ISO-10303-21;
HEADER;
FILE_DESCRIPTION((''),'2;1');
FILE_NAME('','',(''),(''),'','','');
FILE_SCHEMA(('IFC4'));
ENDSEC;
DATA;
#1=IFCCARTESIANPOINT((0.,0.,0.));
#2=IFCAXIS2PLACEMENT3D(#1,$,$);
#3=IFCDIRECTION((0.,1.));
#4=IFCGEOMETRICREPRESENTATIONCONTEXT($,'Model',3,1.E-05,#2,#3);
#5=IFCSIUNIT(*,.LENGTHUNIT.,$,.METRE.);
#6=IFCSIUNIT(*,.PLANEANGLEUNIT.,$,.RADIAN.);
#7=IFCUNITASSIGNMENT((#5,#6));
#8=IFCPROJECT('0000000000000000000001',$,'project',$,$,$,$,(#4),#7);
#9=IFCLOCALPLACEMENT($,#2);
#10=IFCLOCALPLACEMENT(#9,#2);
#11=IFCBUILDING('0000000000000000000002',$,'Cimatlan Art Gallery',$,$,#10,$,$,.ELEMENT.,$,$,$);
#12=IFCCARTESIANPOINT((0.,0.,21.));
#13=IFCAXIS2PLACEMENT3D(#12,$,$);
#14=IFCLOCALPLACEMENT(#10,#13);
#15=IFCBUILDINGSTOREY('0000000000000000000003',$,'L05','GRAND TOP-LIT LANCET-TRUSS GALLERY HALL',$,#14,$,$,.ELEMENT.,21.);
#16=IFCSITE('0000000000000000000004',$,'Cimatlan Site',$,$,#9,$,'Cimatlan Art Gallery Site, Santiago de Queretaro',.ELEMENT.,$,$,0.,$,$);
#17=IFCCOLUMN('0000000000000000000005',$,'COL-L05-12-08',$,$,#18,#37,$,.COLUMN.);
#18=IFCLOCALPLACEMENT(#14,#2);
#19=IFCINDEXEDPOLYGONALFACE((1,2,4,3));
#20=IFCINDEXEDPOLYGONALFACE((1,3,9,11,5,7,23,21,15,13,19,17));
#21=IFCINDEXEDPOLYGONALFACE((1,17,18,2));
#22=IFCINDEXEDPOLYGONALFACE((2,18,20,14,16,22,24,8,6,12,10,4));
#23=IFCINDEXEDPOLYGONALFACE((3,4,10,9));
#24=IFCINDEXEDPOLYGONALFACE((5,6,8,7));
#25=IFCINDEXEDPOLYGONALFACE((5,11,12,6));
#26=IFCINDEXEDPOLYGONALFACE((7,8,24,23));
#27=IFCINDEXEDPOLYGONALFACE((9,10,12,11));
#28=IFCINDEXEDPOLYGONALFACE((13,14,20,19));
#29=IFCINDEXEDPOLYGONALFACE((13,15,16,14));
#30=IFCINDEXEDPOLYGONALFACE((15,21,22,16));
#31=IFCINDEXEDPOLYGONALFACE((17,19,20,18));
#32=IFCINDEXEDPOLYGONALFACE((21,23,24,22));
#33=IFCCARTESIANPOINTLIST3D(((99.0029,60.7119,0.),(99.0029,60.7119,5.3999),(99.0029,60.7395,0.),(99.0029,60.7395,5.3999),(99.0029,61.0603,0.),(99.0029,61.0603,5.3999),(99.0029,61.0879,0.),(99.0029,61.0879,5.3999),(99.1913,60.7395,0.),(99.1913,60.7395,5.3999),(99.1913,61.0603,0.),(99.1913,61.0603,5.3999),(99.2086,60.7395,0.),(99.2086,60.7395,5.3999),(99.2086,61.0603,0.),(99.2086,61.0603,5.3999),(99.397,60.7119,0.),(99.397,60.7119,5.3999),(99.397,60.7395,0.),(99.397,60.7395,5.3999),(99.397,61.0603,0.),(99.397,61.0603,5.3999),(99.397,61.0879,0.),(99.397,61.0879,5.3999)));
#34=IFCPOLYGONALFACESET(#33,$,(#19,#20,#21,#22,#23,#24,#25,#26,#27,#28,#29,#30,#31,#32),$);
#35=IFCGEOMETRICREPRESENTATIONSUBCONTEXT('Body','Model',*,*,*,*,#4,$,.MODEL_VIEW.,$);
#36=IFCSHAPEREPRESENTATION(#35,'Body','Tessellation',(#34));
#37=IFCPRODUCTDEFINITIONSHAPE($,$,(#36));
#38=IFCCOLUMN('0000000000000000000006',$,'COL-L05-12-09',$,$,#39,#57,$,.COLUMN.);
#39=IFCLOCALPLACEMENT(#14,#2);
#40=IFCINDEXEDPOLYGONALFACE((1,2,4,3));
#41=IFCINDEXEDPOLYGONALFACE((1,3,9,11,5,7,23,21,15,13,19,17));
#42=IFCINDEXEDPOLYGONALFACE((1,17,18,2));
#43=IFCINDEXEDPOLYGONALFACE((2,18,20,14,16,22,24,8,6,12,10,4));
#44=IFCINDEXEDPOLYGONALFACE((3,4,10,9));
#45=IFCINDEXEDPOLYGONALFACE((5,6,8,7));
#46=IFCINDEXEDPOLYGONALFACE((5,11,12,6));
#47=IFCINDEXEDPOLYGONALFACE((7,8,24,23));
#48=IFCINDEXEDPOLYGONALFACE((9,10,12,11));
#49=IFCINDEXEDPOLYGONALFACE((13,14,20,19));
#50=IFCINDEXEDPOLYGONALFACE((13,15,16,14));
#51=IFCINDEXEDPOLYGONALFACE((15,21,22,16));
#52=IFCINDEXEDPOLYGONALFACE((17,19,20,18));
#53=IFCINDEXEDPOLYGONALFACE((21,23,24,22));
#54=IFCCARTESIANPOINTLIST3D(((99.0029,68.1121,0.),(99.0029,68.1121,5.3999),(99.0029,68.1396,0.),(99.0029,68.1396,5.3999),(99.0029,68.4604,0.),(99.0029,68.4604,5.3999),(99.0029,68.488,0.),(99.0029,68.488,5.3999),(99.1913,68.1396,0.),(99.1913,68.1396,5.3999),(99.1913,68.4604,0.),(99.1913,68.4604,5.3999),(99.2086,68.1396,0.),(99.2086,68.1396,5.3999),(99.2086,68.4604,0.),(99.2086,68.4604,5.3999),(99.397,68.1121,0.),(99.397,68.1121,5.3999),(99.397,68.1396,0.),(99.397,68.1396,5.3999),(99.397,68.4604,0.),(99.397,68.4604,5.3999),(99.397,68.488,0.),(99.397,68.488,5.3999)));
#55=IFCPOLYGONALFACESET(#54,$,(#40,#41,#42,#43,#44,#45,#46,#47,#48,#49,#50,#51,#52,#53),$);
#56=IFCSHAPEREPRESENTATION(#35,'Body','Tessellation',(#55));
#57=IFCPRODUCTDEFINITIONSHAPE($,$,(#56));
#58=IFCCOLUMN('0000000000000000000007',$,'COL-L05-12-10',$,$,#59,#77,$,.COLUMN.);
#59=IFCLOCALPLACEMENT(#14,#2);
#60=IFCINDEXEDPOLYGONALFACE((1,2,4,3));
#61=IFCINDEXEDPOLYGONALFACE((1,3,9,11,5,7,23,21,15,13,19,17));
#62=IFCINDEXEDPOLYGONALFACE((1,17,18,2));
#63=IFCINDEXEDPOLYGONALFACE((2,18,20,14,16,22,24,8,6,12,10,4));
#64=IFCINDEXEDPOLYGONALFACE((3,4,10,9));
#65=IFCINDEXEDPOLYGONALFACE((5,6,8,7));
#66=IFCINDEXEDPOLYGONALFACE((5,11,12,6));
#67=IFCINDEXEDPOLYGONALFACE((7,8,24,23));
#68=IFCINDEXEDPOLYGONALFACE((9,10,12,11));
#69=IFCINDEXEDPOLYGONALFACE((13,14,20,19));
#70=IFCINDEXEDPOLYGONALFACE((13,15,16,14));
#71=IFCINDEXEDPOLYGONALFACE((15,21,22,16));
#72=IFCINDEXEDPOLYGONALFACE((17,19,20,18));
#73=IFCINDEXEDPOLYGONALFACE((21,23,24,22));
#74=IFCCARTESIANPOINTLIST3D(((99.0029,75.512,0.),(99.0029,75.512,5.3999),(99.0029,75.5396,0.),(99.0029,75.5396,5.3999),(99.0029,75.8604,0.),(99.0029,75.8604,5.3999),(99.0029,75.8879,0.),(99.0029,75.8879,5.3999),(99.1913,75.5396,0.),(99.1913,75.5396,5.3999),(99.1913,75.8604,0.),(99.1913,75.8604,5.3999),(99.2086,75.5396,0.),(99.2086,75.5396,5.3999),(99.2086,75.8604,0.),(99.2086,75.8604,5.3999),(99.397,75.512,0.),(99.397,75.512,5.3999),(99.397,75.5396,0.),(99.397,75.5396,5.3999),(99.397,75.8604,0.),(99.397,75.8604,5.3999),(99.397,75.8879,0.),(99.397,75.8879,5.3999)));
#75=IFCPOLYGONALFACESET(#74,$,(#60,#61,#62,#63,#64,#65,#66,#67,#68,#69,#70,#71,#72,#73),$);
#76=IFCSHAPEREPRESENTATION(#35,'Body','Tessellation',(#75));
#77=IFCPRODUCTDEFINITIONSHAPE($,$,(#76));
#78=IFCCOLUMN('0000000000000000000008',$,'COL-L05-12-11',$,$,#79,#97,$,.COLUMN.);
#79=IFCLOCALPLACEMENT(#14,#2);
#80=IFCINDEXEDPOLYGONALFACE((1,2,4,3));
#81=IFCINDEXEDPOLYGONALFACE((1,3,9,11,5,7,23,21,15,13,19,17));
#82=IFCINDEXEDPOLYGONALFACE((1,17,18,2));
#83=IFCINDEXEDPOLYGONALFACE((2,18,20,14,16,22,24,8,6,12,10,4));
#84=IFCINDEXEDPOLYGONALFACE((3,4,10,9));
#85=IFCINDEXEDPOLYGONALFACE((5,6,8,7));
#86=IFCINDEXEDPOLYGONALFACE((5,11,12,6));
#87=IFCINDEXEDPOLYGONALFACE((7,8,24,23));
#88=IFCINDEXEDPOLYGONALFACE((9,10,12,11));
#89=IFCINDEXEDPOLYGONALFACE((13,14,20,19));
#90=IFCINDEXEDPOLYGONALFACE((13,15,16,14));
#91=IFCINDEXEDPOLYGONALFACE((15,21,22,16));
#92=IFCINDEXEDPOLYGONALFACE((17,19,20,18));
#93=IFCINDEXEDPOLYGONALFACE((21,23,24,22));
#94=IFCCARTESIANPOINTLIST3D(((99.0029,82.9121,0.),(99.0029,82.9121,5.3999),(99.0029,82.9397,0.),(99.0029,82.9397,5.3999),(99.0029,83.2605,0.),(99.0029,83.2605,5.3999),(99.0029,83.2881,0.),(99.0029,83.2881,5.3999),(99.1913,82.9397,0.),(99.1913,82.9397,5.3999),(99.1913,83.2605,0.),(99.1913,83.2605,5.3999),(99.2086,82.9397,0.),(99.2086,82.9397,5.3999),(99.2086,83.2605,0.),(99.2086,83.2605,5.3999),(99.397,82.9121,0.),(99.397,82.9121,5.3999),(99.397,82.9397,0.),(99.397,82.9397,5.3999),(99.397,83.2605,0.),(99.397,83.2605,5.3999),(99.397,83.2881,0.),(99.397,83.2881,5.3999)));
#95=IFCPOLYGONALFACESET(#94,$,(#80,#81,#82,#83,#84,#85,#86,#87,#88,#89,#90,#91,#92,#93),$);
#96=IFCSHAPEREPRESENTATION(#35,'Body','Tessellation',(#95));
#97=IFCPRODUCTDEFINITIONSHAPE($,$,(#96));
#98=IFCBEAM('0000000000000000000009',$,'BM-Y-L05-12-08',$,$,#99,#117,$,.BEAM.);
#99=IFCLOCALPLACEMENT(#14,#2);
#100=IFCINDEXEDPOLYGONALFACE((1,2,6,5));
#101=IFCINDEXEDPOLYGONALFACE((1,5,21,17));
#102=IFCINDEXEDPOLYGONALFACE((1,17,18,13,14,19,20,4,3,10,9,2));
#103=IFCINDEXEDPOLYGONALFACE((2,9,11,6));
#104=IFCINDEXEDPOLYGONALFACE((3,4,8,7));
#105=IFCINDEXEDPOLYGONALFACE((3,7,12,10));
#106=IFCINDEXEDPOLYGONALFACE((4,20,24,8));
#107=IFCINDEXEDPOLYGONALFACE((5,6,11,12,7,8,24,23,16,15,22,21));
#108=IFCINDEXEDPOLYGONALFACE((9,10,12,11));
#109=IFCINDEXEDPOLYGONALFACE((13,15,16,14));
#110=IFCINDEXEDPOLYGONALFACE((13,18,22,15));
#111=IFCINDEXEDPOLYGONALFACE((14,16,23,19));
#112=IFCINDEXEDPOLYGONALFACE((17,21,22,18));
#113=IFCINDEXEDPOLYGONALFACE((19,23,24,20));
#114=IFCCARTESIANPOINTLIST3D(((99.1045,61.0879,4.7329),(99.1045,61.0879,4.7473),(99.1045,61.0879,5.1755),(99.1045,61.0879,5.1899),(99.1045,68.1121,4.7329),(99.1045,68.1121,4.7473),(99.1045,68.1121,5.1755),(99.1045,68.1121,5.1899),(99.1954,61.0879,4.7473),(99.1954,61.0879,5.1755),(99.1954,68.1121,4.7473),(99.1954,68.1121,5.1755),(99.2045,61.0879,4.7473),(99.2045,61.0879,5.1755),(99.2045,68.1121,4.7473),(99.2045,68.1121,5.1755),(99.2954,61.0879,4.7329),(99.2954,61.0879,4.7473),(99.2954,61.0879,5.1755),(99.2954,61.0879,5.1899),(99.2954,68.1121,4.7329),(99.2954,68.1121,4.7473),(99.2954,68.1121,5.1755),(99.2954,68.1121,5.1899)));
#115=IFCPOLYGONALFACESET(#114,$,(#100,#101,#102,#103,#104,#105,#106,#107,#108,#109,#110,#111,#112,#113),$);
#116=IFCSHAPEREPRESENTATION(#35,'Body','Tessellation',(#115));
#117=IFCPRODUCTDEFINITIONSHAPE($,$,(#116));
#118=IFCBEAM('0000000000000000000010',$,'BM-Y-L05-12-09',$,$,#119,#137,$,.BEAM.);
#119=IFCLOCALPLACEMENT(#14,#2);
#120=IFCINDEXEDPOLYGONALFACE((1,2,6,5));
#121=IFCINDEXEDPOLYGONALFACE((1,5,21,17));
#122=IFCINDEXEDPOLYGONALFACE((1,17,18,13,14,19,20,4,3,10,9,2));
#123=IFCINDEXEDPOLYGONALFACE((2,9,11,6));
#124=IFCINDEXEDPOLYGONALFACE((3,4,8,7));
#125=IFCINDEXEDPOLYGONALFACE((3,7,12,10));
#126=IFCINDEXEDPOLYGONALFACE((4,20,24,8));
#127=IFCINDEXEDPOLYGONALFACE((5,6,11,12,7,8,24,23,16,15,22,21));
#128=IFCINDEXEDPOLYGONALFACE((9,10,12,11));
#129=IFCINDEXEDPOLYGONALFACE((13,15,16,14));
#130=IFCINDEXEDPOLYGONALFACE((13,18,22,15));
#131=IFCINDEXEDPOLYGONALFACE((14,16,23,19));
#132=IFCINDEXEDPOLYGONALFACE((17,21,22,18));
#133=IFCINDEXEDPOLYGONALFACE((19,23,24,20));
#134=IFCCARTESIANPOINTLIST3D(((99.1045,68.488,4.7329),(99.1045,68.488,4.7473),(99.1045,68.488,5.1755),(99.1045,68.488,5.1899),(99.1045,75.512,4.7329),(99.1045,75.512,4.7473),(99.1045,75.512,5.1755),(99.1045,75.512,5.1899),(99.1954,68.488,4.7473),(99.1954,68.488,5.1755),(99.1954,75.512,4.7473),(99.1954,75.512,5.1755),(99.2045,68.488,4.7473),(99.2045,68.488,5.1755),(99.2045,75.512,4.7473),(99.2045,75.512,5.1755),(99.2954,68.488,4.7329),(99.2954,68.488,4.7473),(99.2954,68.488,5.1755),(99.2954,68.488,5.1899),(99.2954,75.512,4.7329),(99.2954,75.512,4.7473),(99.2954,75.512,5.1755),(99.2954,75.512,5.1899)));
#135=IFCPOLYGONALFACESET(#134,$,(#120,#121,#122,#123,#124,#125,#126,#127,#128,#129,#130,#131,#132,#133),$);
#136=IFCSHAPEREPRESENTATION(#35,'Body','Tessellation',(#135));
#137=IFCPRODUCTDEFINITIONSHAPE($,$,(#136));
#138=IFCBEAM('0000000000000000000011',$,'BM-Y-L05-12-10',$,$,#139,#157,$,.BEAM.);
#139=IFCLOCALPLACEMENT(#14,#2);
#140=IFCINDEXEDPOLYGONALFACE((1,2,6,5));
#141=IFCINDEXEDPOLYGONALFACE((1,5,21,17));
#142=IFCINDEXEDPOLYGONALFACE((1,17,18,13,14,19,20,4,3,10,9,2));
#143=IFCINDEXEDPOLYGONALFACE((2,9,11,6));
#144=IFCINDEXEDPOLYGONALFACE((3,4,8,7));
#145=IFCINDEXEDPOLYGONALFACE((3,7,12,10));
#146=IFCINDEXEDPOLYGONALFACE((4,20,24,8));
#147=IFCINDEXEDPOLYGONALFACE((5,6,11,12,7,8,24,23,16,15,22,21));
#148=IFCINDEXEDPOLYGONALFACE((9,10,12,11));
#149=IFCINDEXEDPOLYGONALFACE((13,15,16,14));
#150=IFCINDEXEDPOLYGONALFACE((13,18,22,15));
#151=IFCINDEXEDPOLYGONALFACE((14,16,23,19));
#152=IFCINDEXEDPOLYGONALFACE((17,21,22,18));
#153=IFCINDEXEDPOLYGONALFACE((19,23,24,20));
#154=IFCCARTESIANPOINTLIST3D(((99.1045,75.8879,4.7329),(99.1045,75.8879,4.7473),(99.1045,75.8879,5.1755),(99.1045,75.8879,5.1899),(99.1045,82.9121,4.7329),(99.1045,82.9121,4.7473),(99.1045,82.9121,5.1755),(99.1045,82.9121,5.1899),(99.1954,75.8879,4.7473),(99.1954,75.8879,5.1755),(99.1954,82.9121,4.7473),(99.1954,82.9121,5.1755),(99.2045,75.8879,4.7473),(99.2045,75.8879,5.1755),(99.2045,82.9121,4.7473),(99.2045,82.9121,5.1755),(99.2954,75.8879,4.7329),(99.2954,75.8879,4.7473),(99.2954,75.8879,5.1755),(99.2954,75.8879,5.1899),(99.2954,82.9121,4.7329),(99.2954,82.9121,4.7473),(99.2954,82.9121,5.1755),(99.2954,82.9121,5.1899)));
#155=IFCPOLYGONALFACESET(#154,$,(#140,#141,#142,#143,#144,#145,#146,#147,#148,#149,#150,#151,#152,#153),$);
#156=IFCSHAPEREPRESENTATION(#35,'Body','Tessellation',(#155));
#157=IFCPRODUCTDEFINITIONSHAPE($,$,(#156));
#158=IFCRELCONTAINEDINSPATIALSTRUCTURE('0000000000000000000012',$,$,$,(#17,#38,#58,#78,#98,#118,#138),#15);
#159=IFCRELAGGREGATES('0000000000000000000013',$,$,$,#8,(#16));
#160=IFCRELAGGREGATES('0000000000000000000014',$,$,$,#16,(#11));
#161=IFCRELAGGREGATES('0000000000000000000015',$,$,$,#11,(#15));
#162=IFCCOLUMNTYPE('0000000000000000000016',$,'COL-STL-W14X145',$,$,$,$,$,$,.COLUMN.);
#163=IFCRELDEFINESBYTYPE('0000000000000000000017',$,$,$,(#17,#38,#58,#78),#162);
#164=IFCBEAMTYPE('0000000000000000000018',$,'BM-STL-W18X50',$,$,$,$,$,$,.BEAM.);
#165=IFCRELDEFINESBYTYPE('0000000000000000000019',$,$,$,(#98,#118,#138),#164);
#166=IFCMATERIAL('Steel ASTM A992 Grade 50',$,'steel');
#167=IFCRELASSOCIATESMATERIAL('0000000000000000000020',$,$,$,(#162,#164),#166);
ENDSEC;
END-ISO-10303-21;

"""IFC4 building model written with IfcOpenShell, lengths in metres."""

from ifc_helpers import new_model, si_unit, direction, frame, origin, origin_2d, place, context, subcontext, project, spatial, i_section, extrude, material, material_profile, profile_set, type_object, element, save


model = new_model("IFC4")

# Units and contexts
model_context = context("Model", 3, precision=1e-05, world=origin(), true_north=direction((0.0, 1.0)))
body_context = subcontext(model_context, "Body", "Model", "MODEL_VIEW")
ifc_project = project(units=[si_unit("LENGTHUNIT", "METRE"), si_unit("PLANEANGLEUNIT", "RADIAN")], contexts=[model_context])

# Site, building, storey
site_placement = place(None, origin())
site = spatial("IfcSite", under=ifc_project, at=site_placement, Name="Cimatlan Site", LongName="Cimatlan Art Gallery Site, Santiago de Queretaro", CompositionType="ELEMENT", RefElevation=0.0)
building_placement = place(site_placement, origin())
building = spatial("IfcBuilding", under=site, at=building_placement, Name="Cimatlan Art Gallery", CompositionType="ELEMENT")
storey_placement = place(building_placement, frame((0.0, 0.0, 21.0)))
storey = spatial("IfcBuildingStorey", under=building, at=storey_placement, Name="L05", Description="GRAND TOP-LIT LANCET-TRUSS GALLERY HALL", CompositionType="ELEMENT", Elevation=21.0)

# Columns
ifc_material_1 = material(Name="Steel ASTM A992 Grade 50", Category="steel")
ifc_material_profile_1 = material_profile(ifc_material_1, i_section(OverallWidth=0.394, OverallDepth=0.376, WebThickness=0.0173, FlangeThickness=0.0276, at=origin_2d()), Name="W14X145")
ifc_profile_set_1 = profile_set([ifc_material_profile_1], Name="Steel ASTM A992 Grade 50")
column_type = type_object("IfcColumnType", Name="COL-STL-W14X145", PredefinedType="COLUMN", material=ifc_profile_set_1)
for number, where, z_axis, x_axis, name in (
    (1, (99.2, 60.8999, 0.0), (0.0, 0.0, 1.0), (1.0, 0.0, 0.0), "COL-L05-12-08"),
    (2, (99.2, 68.3, 0.0), (0.0, 0.0, 1.0), (1.0, 0.0, 0.0), "COL-L05-12-09"),
    (3, (99.2, 75.7, 0.0), (0.0, 0.0, 1.0), (1.0, 0.0, 0.0), "COL-L05-12-10"),
    (4, (99.2, 83.1001, 0.0), (0.0, 0.0, 1.0), (1.0, 0.0, 0.0), "COL-L05-12-11"),
):
    element("IfcColumn", number, at=place(storey_placement, frame(where, z_axis=z_axis, x_axis=x_axis)), inside=storey, type_object=column_type, Name=name, PredefinedType="COLUMN", context=body_context, shape_type="SweptSolid", body=[
        extrude(i_section(OverallWidth=0.394, OverallDepth=0.376, WebThickness=0.0173, FlangeThickness=0.0276, at=origin_2d()), origin(), (0.0, 0.0, 1.0), 5.3999),
    ])

# Beams
ifc_material_profile_2 = material_profile(ifc_material_1, i_section(OverallWidth=0.1909, OverallDepth=0.457, WebThickness=0.009, FlangeThickness=0.0144, at=origin_2d()), Name="W18X50")
ifc_profile_set_2 = profile_set([ifc_material_profile_2], Name="Steel ASTM A992 Grade 50")
beam_type = type_object("IfcBeamType", Name="BM-STL-W18X50", PredefinedType="BEAM", material=ifc_profile_set_2)
beam_1_placement = place(storey_placement, frame((99.2, 61.0879, 4.9614), z_axis=(0.0, 1.0, 0.0), x_axis=(-1.0, 0.0, 0.0)))
element("IfcBeam", 5, at=beam_1_placement, inside=storey, type_object=beam_type, Name="BM-Y-L05-12-08", PredefinedType="BEAM", context=body_context, shape_type="SweptSolid", body=[
    extrude(i_section(OverallWidth=0.1909, OverallDepth=0.457, WebThickness=0.009, FlangeThickness=0.0144, at=origin_2d()), origin(), (0.0, 0.0, 1.0), 7.0242),
])
beam_2_placement = place(storey_placement, frame((99.2, 68.488, 4.9614), z_axis=(0.0, 1.0, 0.0), x_axis=(-1.0, 0.0, 0.0)))
element("IfcBeam", 6, at=beam_2_placement, inside=storey, type_object=beam_type, Name="BM-Y-L05-12-09", PredefinedType="BEAM", context=body_context, shape_type="SweptSolid", body=[
    extrude(i_section(OverallWidth=0.1909, OverallDepth=0.457, WebThickness=0.009, FlangeThickness=0.0144, at=origin_2d()), origin(), (0.0, 0.0, 1.0), 7.0239),
])
beam_3_placement = place(storey_placement, frame((99.2, 75.8879, 4.9614), z_axis=(0.0, 1.0, 0.0), x_axis=(-1.0, 0.0, 0.0)))
element("IfcBeam", 7, at=beam_3_placement, inside=storey, type_object=beam_type, Name="BM-Y-L05-12-10", PredefinedType="BEAM", context=body_context, shape_type="SweptSolid", body=[
    extrude(i_section(OverallWidth=0.1909, OverallDepth=0.457, WebThickness=0.009, FlangeThickness=0.0144, at=origin_2d()), origin(), (0.0, 0.0, 1.0), 7.0242),
])

save(model, "model.ifc")
